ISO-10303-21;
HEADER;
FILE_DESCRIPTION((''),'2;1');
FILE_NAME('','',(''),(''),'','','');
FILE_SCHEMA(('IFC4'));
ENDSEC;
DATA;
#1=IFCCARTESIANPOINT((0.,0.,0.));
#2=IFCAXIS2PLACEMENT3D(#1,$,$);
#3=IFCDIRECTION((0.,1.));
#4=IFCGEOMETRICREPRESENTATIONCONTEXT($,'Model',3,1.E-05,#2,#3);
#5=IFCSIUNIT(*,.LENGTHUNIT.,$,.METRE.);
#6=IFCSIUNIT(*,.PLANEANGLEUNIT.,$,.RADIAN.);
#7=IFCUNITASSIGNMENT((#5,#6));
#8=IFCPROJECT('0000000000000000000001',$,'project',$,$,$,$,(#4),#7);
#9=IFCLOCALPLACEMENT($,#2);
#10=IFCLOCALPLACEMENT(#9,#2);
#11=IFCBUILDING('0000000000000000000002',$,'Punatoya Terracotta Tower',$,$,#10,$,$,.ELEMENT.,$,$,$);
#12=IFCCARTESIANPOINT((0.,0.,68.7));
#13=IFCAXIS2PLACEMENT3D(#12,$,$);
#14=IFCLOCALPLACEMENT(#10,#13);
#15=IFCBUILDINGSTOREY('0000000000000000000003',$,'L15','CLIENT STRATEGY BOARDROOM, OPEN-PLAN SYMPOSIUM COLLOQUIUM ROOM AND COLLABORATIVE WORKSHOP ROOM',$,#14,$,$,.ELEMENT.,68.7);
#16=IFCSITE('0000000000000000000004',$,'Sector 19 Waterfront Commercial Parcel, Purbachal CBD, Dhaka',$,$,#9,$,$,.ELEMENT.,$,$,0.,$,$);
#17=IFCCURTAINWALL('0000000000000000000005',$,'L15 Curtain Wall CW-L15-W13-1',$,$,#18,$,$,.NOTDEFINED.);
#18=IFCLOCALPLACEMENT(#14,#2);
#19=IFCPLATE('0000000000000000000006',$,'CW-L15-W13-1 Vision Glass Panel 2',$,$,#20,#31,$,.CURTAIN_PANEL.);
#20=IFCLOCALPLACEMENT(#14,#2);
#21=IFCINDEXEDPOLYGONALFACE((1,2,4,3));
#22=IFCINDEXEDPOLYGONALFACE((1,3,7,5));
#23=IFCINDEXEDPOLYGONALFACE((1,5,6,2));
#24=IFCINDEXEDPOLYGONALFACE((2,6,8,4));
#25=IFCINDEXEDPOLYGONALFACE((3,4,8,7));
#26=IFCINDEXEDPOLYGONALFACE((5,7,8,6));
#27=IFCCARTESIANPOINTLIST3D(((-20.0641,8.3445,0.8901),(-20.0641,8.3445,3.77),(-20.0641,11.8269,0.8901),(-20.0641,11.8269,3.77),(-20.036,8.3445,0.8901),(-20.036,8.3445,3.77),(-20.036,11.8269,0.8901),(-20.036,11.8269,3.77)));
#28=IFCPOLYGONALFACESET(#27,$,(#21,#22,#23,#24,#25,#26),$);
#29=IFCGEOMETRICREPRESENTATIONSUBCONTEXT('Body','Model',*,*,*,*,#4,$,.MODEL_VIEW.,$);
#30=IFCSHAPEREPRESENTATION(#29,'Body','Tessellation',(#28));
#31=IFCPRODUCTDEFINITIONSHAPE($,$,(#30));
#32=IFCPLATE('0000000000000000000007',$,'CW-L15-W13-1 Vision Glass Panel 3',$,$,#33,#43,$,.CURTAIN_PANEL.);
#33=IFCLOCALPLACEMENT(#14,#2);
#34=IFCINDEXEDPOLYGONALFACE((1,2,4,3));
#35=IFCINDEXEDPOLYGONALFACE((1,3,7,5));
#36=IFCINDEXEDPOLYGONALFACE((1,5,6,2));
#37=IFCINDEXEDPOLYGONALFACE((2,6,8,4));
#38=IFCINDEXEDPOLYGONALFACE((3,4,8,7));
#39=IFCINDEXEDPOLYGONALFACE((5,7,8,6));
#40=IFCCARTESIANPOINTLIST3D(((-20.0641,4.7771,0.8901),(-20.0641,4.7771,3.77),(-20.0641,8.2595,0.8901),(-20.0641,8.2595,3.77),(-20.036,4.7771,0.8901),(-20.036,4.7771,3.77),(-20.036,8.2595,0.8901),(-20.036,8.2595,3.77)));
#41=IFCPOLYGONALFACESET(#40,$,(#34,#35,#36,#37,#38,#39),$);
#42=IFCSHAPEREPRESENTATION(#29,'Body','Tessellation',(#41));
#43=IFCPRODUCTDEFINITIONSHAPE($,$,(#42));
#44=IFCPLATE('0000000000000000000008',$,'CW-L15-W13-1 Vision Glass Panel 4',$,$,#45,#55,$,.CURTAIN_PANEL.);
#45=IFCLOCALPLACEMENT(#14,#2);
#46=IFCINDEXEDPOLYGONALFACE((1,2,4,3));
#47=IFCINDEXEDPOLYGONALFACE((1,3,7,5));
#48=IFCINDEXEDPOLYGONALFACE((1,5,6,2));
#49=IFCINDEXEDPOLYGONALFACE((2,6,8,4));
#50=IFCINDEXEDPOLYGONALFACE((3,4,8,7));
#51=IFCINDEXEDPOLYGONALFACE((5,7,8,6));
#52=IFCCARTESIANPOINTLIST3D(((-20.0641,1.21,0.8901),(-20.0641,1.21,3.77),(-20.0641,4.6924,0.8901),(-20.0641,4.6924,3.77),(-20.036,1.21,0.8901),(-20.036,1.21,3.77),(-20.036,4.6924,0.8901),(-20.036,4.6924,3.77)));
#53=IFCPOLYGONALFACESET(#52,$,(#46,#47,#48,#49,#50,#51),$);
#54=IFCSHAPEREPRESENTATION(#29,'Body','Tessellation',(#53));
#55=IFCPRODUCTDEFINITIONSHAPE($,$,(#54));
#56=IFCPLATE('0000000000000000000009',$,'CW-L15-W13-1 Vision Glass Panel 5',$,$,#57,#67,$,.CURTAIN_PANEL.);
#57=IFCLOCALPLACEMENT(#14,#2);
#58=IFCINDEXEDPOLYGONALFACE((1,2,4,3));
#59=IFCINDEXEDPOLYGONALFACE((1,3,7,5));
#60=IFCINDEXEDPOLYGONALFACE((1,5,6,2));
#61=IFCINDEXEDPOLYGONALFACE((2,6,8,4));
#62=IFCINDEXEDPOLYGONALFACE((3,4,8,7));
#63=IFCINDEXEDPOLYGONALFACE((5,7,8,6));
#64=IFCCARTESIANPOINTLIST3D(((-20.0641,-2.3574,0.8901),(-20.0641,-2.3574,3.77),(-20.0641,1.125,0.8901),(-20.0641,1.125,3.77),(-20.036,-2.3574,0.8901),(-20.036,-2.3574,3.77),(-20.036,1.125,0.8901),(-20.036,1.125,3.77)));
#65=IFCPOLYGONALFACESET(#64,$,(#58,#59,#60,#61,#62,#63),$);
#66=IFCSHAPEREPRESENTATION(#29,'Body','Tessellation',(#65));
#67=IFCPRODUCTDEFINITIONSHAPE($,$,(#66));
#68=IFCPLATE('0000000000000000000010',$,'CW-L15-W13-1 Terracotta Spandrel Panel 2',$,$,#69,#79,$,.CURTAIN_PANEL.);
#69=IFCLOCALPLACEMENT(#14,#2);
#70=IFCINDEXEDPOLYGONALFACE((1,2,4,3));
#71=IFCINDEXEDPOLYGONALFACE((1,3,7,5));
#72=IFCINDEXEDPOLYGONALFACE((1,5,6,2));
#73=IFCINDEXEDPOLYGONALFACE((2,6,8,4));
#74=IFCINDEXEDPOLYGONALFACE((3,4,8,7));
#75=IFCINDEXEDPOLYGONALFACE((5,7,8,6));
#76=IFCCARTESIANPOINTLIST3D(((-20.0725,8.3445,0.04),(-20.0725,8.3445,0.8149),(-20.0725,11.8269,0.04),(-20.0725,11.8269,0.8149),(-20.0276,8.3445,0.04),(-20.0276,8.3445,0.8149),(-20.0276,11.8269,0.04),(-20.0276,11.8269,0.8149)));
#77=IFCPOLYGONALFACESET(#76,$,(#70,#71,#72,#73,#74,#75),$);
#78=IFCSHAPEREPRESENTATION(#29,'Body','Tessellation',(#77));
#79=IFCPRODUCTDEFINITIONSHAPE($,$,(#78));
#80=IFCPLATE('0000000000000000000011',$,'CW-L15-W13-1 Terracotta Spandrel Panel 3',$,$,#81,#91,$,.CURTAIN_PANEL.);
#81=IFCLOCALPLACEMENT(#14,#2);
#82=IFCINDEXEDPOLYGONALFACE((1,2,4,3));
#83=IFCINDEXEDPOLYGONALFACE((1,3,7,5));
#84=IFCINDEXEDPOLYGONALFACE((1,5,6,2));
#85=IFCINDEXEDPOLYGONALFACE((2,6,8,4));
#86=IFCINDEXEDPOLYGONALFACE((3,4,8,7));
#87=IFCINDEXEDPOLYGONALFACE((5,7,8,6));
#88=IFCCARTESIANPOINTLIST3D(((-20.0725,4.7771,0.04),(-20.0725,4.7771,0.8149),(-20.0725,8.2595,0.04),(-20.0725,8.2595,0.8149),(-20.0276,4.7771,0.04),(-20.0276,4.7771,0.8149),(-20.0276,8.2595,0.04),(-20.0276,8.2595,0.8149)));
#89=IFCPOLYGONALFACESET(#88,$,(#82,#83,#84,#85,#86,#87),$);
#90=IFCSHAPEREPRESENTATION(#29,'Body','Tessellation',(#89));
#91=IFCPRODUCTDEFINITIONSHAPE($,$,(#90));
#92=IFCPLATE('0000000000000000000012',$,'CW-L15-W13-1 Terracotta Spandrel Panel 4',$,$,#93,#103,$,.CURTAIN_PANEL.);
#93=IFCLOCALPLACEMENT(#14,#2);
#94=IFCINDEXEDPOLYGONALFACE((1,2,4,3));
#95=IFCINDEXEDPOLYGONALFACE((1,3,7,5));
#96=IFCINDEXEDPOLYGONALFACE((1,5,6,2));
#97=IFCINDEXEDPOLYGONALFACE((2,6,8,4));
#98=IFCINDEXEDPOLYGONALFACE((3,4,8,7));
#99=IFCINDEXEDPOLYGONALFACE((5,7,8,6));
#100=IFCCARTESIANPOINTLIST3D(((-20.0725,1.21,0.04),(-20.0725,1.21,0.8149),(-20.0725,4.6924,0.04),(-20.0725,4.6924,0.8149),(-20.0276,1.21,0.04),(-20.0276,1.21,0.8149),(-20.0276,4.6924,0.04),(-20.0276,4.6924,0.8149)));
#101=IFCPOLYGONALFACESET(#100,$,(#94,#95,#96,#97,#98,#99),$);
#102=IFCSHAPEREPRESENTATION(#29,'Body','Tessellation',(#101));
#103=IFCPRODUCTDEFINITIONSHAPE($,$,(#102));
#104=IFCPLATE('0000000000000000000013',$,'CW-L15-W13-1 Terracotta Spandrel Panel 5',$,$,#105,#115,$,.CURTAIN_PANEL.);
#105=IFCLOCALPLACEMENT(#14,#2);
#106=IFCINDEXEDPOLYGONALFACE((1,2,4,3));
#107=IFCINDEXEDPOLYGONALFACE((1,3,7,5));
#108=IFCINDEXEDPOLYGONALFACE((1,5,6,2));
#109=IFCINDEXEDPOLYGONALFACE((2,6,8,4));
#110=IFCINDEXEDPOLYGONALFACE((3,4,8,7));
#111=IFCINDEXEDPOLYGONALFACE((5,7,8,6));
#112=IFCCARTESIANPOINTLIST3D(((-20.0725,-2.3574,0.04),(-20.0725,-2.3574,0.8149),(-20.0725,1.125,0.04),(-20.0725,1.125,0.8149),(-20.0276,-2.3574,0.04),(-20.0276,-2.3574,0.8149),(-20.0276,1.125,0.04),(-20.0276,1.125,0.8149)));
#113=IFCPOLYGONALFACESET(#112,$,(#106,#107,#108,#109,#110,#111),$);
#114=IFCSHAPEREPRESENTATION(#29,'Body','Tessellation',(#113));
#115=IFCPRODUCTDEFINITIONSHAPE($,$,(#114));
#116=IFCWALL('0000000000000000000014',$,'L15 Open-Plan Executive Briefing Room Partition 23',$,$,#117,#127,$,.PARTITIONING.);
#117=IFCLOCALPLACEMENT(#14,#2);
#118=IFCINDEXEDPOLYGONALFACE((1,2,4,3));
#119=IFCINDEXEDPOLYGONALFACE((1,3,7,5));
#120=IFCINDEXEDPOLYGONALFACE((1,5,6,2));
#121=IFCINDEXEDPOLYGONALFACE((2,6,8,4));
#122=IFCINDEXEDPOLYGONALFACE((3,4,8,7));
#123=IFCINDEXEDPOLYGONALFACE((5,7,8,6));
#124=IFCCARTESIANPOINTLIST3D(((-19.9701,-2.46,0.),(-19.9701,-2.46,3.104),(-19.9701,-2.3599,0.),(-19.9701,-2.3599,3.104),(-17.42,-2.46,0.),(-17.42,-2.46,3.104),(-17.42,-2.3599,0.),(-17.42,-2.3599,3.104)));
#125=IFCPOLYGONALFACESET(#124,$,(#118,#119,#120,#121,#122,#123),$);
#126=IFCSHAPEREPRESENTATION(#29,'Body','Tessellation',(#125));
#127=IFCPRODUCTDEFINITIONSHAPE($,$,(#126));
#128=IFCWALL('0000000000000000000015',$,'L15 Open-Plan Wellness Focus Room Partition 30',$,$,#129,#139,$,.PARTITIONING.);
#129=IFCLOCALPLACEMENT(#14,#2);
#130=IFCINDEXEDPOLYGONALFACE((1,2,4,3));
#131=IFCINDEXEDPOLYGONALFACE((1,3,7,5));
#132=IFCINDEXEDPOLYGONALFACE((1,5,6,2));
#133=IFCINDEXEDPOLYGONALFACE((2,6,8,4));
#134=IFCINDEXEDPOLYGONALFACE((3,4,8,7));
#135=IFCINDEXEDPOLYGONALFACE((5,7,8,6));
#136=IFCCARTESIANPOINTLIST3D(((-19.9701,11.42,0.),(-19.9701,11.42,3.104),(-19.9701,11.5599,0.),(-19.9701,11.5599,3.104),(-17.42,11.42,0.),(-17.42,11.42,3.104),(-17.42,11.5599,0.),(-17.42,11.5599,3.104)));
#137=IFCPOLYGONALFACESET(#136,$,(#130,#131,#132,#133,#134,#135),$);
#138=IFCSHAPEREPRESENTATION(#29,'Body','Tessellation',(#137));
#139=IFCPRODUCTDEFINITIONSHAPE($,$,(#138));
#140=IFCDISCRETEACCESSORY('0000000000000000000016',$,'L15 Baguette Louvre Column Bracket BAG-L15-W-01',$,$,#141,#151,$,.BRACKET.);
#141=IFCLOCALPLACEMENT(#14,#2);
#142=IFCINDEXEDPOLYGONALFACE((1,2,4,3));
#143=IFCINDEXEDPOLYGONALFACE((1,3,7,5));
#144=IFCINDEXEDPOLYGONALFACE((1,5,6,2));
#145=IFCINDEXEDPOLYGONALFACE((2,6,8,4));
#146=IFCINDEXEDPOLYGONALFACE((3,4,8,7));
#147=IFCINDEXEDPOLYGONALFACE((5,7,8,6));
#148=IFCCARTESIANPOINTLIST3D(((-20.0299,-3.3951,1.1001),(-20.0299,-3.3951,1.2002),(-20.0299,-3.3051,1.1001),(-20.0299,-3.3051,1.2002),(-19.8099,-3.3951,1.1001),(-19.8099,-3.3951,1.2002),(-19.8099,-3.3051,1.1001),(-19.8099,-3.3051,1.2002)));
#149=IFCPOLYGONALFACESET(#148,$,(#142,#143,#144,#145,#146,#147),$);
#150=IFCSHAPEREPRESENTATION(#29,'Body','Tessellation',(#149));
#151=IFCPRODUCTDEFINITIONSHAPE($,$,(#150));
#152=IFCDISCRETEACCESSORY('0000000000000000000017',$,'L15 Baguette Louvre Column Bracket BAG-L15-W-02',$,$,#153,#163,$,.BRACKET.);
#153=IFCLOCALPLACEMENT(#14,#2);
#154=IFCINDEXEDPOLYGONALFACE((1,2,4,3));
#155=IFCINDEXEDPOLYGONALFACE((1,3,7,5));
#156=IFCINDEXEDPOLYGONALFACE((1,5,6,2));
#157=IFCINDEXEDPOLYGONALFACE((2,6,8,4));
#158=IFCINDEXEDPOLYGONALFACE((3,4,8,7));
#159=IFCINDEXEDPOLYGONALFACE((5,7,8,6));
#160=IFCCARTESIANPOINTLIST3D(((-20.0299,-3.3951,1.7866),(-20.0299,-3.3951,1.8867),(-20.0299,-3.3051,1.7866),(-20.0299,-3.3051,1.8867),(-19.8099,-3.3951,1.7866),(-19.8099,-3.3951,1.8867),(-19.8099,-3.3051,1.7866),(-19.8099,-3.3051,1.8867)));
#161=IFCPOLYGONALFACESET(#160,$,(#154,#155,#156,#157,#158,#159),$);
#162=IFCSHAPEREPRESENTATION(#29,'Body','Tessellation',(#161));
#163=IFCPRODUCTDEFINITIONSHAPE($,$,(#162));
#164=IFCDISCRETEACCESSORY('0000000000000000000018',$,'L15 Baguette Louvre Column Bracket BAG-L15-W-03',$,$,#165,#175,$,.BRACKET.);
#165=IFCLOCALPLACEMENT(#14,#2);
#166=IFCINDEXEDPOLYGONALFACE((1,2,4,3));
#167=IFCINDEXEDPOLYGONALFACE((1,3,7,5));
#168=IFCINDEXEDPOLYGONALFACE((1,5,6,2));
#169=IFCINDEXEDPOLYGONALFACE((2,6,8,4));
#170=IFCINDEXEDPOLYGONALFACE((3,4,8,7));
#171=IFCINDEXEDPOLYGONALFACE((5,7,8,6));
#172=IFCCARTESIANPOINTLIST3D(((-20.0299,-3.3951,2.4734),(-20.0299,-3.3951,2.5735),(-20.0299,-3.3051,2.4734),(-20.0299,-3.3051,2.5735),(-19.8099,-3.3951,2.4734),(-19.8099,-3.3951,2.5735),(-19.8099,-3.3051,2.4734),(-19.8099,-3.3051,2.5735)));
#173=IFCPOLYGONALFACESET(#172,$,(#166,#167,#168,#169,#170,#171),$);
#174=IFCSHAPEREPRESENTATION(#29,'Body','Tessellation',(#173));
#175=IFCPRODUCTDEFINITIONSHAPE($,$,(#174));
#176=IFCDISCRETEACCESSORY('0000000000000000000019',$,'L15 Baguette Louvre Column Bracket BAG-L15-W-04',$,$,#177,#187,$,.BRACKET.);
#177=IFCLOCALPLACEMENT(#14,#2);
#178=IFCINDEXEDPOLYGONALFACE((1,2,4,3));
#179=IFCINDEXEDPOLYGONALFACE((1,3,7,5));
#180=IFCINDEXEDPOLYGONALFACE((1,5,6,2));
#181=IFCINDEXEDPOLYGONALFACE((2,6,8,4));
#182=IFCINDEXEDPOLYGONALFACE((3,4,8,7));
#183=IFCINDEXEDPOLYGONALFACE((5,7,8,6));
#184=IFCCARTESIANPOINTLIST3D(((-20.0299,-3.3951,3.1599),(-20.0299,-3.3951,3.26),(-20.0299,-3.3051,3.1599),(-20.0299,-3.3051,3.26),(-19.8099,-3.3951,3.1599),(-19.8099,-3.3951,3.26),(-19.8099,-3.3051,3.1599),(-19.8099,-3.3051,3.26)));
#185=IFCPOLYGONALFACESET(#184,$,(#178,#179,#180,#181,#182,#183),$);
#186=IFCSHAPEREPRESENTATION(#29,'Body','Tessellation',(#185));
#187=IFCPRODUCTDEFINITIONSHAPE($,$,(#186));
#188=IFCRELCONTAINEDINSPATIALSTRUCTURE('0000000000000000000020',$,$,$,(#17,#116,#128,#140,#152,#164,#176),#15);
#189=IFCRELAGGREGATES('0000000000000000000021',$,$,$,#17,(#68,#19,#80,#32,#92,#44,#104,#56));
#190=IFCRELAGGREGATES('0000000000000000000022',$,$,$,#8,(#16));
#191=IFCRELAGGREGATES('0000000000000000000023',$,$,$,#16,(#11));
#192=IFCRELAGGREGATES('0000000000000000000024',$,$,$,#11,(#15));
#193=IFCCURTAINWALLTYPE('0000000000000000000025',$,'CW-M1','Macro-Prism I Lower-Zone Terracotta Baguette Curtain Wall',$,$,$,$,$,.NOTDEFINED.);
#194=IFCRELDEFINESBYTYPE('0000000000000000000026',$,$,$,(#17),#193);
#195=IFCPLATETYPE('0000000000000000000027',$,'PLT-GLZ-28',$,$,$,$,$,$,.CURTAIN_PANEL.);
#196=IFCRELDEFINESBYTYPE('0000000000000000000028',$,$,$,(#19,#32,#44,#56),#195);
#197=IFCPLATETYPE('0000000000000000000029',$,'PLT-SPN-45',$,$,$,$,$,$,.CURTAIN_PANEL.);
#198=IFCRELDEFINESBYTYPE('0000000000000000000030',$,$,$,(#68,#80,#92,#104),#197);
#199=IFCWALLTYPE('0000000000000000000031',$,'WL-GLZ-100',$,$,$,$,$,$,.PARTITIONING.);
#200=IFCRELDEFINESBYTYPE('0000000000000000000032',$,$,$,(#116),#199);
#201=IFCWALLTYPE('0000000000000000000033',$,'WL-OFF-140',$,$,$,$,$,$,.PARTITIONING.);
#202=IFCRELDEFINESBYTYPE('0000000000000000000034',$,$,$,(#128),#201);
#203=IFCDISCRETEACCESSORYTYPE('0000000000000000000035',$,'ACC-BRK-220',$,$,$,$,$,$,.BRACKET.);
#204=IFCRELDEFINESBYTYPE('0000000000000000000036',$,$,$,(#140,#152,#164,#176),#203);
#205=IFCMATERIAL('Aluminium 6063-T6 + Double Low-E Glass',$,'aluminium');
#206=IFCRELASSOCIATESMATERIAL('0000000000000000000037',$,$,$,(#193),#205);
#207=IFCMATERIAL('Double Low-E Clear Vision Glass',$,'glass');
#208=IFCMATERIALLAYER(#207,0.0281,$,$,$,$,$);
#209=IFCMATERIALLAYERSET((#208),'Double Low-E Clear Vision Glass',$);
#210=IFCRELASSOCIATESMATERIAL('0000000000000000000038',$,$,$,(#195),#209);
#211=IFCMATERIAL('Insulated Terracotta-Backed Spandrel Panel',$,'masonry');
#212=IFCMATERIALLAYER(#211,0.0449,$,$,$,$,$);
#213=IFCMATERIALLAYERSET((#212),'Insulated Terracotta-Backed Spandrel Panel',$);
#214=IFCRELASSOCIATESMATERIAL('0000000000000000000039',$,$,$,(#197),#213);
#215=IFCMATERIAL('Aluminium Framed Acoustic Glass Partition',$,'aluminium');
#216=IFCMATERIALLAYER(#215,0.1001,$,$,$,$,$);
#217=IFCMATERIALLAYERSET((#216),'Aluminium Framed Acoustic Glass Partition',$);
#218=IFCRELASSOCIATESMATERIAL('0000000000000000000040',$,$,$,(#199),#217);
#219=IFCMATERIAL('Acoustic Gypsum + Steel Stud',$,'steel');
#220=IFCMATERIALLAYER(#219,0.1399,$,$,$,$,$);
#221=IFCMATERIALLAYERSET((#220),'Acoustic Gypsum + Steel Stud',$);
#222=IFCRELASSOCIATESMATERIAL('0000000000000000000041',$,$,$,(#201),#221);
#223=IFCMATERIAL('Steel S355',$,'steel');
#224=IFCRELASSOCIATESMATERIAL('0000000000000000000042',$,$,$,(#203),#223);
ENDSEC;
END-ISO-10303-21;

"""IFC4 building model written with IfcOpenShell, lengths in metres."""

from ifc_helpers import new_model, si_unit, direction, frame, frame_2d, origin, origin_2d, place, context, subcontext, project, spatial, rectangle, extrude, material, layer, layer_set, type_object, element, aggregate, save


model = new_model("IFC4")

# Units and contexts
model_context = context("Model", 3, precision=1e-05, world=origin(), true_north=direction((0.0, 1.0)))
body_context = subcontext(model_context, "Body", "Model", "MODEL_VIEW")
ifc_project = project(units=[si_unit("LENGTHUNIT", "METRE"), si_unit("PLANEANGLEUNIT", "RADIAN")], contexts=[model_context])

# Site, building, storey
site_placement = place(None, origin())
site = spatial("IfcSite", under=ifc_project, at=site_placement, Name="Sector 19 Waterfront Commercial Parcel, Purbachal CBD, Dhaka", CompositionType="ELEMENT", RefElevation=0.0)
building_placement = place(site_placement, origin())
building = spatial("IfcBuilding", under=site, at=building_placement, Name="Punatoya Terracotta Tower", CompositionType="ELEMENT")
storey_placement = place(building_placement, frame((0.0, 0.0, 68.7)))
storey = spatial("IfcBuildingStorey", under=building, at=storey_placement, Name="L15", Description="CLIENT STRATEGY BOARDROOM, OPEN-PLAN SYMPOSIUM COLLOQUIUM ROOM AND COLLABORATIVE WORKSHOP ROOM", CompositionType="ELEMENT", Elevation=68.7)

# Shared definitions
ifc_material_1 = material(Name="Steel S355", Category="steel")

# Curtain wall
ifc_material_2 = material(Name="Aluminium 6063-T6 + Double Low-E Glass", Category="aluminium")
curtain_wall_type = type_object("IfcCurtainWallType", Name="CW-M1", Description="Macro-Prism I Lower-Zone Terracotta Baguette Curtain Wall", PredefinedType="NOTDEFINED", material=ifc_material_2)
curtain_wall_placement = place(storey_placement, origin())
curtain_wall = element("IfcCurtainWall", 1, at=curtain_wall_placement, inside=storey, type_object=curtain_wall_type, Name="L15 Curtain Wall CW-L15-W13-1", PredefinedType="NOTDEFINED")

# Plates
ifc_material_3 = material(Name="Double Low-E Clear Vision Glass", Category="glass")
ifc_layer_1 = layer(ifc_material_3, 0.0281)
ifc_layer_set_1 = layer_set([ifc_layer_1], Name="Double Low-E Clear Vision Glass")
plate_type_1 = type_object("IfcPlateType", Name="PLT-GLZ-28", PredefinedType="CURTAIN_PANEL", material=ifc_layer_set_1)
plate_1_placement = place(storey_placement, frame((-20.05, 10.0857, 0.8901), z_axis=(0.0, 0.0, 1.0), x_axis=(0.0, -1.0, 0.0)))
plate_1 = element("IfcPlate", 2, at=plate_1_placement, type_object=plate_type_1, Name="CW-L15-W13-1 Vision Glass Panel 2", PredefinedType="CURTAIN_PANEL", context=body_context, shape_type="SweptSolid", body=[
    extrude(rectangle(XDim=3.4824, YDim=0.0281, at=origin_2d()), origin(), (0.0, 0.0, 1.0), 2.8799),
])
plate_2_placement = place(storey_placement, frame((-20.05, 6.5183, 0.8901), z_axis=(0.0, 0.0, 1.0), x_axis=(0.0, -1.0, 0.0)))
plate_2 = element("IfcPlate", 3, at=plate_2_placement, type_object=plate_type_1, Name="CW-L15-W13-1 Vision Glass Panel 3", PredefinedType="CURTAIN_PANEL", context=body_context, shape_type="SweptSolid", body=[
    extrude(rectangle(XDim=3.4824, YDim=0.0281, at=origin_2d()), origin(), (0.0, 0.0, 1.0), 2.8799),
])
plate_3_placement = place(storey_placement, frame((-20.05, 2.9512, 0.8901), z_axis=(0.0, 0.0, 1.0), x_axis=(0.0, -1.0, 0.0)))
plate_3 = element("IfcPlate", 4, at=plate_3_placement, type_object=plate_type_1, Name="CW-L15-W13-1 Vision Glass Panel 4", PredefinedType="CURTAIN_PANEL", context=body_context, shape_type="SweptSolid", body=[
    extrude(rectangle(XDim=3.4824, YDim=0.0281, at=origin_2d()), origin(), (0.0, 0.0, 1.0), 2.8799),
])
plate_4_placement = place(storey_placement, frame((-20.05, -0.6162, 0.8901), z_axis=(0.0, 0.0, 1.0), x_axis=(0.0, -1.0, 0.0)))
plate_4 = element("IfcPlate", 5, at=plate_4_placement, type_object=plate_type_1, Name="CW-L15-W13-1 Vision Glass Panel 5", PredefinedType="CURTAIN_PANEL", context=body_context, shape_type="SweptSolid", body=[
    extrude(rectangle(XDim=3.4824, YDim=0.0281, at=origin_2d()), origin(), (0.0, 0.0, 1.0), 2.8799),
])
ifc_material_4 = material(Name="Insulated Terracotta-Backed Spandrel Panel", Category="masonry")
ifc_layer_2 = layer(ifc_material_4, 0.0449)
ifc_layer_set_2 = layer_set([ifc_layer_2], Name="Insulated Terracotta-Backed Spandrel Panel")
plate_type_2 = type_object("IfcPlateType", Name="PLT-SPN-45", PredefinedType="CURTAIN_PANEL", material=ifc_layer_set_2)
plate_5_placement = place(storey_placement, frame((-20.05, 10.0857, 0.04), z_axis=(0.0, 0.0, 1.0), x_axis=(0.0, -1.0, 0.0)))
plate_5 = element("IfcPlate", 6, at=plate_5_placement, type_object=plate_type_2, Name="CW-L15-W13-1 Terracotta Spandrel Panel 2", PredefinedType="CURTAIN_PANEL", context=body_context, shape_type="SweptSolid", body=[
    extrude(rectangle(XDim=3.4824, YDim=0.0449, at=origin_2d()), origin(), (0.0, 0.0, 1.0), 0.7749),
])
plate_6_placement = place(storey_placement, frame((-20.05, 6.5183, 0.04), z_axis=(0.0, 0.0, 1.0), x_axis=(0.0, -1.0, 0.0)))
plate_6 = element("IfcPlate", 7, at=plate_6_placement, type_object=plate_type_2, Name="CW-L15-W13-1 Terracotta Spandrel Panel 3", PredefinedType="CURTAIN_PANEL", context=body_context, shape_type="SweptSolid", body=[
    extrude(rectangle(XDim=3.4824, YDim=0.0449, at=origin_2d()), origin(), (0.0, 0.0, 1.0), 0.7749),
])
plate_7_placement = place(storey_placement, frame((-20.05, 2.9512, 0.04), z_axis=(0.0, 0.0, 1.0), x_axis=(0.0, -1.0, 0.0)))
plate_7 = element("IfcPlate", 8, at=plate_7_placement, type_object=plate_type_2, Name="CW-L15-W13-1 Terracotta Spandrel Panel 4", PredefinedType="CURTAIN_PANEL", context=body_context, shape_type="SweptSolid", body=[
    extrude(rectangle(XDim=3.4824, YDim=0.0449, at=origin_2d()), origin(), (0.0, 0.0, 1.0), 0.7749),
])
plate_8_placement = place(storey_placement, frame((-20.05, -0.6162, 0.04), z_axis=(0.0, 0.0, 1.0), x_axis=(0.0, -1.0, 0.0)))
plate_8 = element("IfcPlate", 9, at=plate_8_placement, type_object=plate_type_2, Name="CW-L15-W13-1 Terracotta Spandrel Panel 5", PredefinedType="CURTAIN_PANEL", context=body_context, shape_type="SweptSolid", body=[
    extrude(rectangle(XDim=3.4824, YDim=0.0449, at=origin_2d()), origin(), (0.0, 0.0, 1.0), 0.7749),
])
aggregate(curtain_wall, [plate_5, plate_1, plate_6, plate_2, plate_7, plate_3, plate_8, plate_4])

# Walls
ifc_material_5 = material(Name="Aluminium Framed Acoustic Glass Partition", Category="aluminium")
ifc_layer_3 = layer(ifc_material_5, 0.1001)
ifc_layer_set_3 = layer_set([ifc_layer_3], Name="Aluminium Framed Acoustic Glass Partition")
wall_type_1 = type_object("IfcWallType", Name="WL-GLZ-100", PredefinedType="PARTITIONING", material=ifc_layer_set_3)
wall_1_placement = place(storey_placement, frame((-19.97, -2.4099, 0.0), z_axis=(0.0, 0.0, 1.0), x_axis=(1.0, 0.0, 0.0)))
element("IfcWall", 10, at=wall_1_placement, inside=storey, type_object=wall_type_1, Name="L15 Open-Plan Executive Briefing Room Partition 23", PredefinedType="PARTITIONING", context=body_context, shape_type="SweptSolid", body=[
    extrude(rectangle(XDim=2.55, YDim=0.1001, at=frame_2d((1.2749, 0.0))), origin(), (0.0, 0.0, 1.0), 3.104),
])
ifc_material_6 = material(Name="Acoustic Gypsum + Steel Stud", Category="steel")
ifc_layer_4 = layer(ifc_material_6, 0.1399)
ifc_layer_set_4 = layer_set([ifc_layer_4], Name="Acoustic Gypsum + Steel Stud")
wall_type_2 = type_object("IfcWallType", Name="WL-OFF-140", PredefinedType="PARTITIONING", material=ifc_layer_set_4)
wall_2_placement = place(storey_placement, frame((-19.97, 11.49, 0.0), z_axis=(0.0, 0.0, 1.0), x_axis=(1.0, 0.0, 0.0)))
element("IfcWall", 11, at=wall_2_placement, inside=storey, type_object=wall_type_2, Name="L15 Open-Plan Wellness Focus Room Partition 30", PredefinedType="PARTITIONING", context=body_context, shape_type="SweptSolid", body=[
    extrude(rectangle(XDim=2.55, YDim=0.1399, at=frame_2d((1.2749, 0.0))), origin(), (0.0, 0.0, 1.0), 3.104),
])

# Discrete accessories
discrete_accessory_type = type_object("IfcDiscreteAccessoryType", Name="ACC-BRK-220", PredefinedType="BRACKET", material=ifc_material_1)
for number, where, z_axis, x_axis, name in (
    (12, (-19.9199, -3.3501, 1.1001), (0.0, 0.0, 1.0), (0.0, 1.0, 0.0), "L15 Baguette Louvre Column Bracket BAG-L15-W-01"),
    (13, (-19.9199, -3.3501, 1.7866), (0.0, 0.0, 1.0), (0.0, 1.0, 0.0), "L15 Baguette Louvre Column Bracket BAG-L15-W-02"),
    (14, (-19.9199, -3.3501, 2.4734), (0.0, 0.0, 1.0), (0.0, 1.0, 0.0), "L15 Baguette Louvre Column Bracket BAG-L15-W-03"),
    (15, (-19.9199, -3.3501, 3.1599), (0.0, 0.0, 1.0), (0.0, 1.0, 0.0), "L15 Baguette Louvre Column Bracket BAG-L15-W-04"),
):
    element("IfcDiscreteAccessory", number, at=place(storey_placement, frame(where, z_axis=z_axis, x_axis=x_axis)), inside=storey, type_object=discrete_accessory_type, Name=name, PredefinedType="BRACKET", context=body_context, shape_type="SweptSolid", body=[
        extrude(rectangle(XDim=0.0901, YDim=0.22, at=origin_2d()), origin(), (0.0, 0.0, 1.0), 0.1001),
    ])

save(model, "model.ifc")
